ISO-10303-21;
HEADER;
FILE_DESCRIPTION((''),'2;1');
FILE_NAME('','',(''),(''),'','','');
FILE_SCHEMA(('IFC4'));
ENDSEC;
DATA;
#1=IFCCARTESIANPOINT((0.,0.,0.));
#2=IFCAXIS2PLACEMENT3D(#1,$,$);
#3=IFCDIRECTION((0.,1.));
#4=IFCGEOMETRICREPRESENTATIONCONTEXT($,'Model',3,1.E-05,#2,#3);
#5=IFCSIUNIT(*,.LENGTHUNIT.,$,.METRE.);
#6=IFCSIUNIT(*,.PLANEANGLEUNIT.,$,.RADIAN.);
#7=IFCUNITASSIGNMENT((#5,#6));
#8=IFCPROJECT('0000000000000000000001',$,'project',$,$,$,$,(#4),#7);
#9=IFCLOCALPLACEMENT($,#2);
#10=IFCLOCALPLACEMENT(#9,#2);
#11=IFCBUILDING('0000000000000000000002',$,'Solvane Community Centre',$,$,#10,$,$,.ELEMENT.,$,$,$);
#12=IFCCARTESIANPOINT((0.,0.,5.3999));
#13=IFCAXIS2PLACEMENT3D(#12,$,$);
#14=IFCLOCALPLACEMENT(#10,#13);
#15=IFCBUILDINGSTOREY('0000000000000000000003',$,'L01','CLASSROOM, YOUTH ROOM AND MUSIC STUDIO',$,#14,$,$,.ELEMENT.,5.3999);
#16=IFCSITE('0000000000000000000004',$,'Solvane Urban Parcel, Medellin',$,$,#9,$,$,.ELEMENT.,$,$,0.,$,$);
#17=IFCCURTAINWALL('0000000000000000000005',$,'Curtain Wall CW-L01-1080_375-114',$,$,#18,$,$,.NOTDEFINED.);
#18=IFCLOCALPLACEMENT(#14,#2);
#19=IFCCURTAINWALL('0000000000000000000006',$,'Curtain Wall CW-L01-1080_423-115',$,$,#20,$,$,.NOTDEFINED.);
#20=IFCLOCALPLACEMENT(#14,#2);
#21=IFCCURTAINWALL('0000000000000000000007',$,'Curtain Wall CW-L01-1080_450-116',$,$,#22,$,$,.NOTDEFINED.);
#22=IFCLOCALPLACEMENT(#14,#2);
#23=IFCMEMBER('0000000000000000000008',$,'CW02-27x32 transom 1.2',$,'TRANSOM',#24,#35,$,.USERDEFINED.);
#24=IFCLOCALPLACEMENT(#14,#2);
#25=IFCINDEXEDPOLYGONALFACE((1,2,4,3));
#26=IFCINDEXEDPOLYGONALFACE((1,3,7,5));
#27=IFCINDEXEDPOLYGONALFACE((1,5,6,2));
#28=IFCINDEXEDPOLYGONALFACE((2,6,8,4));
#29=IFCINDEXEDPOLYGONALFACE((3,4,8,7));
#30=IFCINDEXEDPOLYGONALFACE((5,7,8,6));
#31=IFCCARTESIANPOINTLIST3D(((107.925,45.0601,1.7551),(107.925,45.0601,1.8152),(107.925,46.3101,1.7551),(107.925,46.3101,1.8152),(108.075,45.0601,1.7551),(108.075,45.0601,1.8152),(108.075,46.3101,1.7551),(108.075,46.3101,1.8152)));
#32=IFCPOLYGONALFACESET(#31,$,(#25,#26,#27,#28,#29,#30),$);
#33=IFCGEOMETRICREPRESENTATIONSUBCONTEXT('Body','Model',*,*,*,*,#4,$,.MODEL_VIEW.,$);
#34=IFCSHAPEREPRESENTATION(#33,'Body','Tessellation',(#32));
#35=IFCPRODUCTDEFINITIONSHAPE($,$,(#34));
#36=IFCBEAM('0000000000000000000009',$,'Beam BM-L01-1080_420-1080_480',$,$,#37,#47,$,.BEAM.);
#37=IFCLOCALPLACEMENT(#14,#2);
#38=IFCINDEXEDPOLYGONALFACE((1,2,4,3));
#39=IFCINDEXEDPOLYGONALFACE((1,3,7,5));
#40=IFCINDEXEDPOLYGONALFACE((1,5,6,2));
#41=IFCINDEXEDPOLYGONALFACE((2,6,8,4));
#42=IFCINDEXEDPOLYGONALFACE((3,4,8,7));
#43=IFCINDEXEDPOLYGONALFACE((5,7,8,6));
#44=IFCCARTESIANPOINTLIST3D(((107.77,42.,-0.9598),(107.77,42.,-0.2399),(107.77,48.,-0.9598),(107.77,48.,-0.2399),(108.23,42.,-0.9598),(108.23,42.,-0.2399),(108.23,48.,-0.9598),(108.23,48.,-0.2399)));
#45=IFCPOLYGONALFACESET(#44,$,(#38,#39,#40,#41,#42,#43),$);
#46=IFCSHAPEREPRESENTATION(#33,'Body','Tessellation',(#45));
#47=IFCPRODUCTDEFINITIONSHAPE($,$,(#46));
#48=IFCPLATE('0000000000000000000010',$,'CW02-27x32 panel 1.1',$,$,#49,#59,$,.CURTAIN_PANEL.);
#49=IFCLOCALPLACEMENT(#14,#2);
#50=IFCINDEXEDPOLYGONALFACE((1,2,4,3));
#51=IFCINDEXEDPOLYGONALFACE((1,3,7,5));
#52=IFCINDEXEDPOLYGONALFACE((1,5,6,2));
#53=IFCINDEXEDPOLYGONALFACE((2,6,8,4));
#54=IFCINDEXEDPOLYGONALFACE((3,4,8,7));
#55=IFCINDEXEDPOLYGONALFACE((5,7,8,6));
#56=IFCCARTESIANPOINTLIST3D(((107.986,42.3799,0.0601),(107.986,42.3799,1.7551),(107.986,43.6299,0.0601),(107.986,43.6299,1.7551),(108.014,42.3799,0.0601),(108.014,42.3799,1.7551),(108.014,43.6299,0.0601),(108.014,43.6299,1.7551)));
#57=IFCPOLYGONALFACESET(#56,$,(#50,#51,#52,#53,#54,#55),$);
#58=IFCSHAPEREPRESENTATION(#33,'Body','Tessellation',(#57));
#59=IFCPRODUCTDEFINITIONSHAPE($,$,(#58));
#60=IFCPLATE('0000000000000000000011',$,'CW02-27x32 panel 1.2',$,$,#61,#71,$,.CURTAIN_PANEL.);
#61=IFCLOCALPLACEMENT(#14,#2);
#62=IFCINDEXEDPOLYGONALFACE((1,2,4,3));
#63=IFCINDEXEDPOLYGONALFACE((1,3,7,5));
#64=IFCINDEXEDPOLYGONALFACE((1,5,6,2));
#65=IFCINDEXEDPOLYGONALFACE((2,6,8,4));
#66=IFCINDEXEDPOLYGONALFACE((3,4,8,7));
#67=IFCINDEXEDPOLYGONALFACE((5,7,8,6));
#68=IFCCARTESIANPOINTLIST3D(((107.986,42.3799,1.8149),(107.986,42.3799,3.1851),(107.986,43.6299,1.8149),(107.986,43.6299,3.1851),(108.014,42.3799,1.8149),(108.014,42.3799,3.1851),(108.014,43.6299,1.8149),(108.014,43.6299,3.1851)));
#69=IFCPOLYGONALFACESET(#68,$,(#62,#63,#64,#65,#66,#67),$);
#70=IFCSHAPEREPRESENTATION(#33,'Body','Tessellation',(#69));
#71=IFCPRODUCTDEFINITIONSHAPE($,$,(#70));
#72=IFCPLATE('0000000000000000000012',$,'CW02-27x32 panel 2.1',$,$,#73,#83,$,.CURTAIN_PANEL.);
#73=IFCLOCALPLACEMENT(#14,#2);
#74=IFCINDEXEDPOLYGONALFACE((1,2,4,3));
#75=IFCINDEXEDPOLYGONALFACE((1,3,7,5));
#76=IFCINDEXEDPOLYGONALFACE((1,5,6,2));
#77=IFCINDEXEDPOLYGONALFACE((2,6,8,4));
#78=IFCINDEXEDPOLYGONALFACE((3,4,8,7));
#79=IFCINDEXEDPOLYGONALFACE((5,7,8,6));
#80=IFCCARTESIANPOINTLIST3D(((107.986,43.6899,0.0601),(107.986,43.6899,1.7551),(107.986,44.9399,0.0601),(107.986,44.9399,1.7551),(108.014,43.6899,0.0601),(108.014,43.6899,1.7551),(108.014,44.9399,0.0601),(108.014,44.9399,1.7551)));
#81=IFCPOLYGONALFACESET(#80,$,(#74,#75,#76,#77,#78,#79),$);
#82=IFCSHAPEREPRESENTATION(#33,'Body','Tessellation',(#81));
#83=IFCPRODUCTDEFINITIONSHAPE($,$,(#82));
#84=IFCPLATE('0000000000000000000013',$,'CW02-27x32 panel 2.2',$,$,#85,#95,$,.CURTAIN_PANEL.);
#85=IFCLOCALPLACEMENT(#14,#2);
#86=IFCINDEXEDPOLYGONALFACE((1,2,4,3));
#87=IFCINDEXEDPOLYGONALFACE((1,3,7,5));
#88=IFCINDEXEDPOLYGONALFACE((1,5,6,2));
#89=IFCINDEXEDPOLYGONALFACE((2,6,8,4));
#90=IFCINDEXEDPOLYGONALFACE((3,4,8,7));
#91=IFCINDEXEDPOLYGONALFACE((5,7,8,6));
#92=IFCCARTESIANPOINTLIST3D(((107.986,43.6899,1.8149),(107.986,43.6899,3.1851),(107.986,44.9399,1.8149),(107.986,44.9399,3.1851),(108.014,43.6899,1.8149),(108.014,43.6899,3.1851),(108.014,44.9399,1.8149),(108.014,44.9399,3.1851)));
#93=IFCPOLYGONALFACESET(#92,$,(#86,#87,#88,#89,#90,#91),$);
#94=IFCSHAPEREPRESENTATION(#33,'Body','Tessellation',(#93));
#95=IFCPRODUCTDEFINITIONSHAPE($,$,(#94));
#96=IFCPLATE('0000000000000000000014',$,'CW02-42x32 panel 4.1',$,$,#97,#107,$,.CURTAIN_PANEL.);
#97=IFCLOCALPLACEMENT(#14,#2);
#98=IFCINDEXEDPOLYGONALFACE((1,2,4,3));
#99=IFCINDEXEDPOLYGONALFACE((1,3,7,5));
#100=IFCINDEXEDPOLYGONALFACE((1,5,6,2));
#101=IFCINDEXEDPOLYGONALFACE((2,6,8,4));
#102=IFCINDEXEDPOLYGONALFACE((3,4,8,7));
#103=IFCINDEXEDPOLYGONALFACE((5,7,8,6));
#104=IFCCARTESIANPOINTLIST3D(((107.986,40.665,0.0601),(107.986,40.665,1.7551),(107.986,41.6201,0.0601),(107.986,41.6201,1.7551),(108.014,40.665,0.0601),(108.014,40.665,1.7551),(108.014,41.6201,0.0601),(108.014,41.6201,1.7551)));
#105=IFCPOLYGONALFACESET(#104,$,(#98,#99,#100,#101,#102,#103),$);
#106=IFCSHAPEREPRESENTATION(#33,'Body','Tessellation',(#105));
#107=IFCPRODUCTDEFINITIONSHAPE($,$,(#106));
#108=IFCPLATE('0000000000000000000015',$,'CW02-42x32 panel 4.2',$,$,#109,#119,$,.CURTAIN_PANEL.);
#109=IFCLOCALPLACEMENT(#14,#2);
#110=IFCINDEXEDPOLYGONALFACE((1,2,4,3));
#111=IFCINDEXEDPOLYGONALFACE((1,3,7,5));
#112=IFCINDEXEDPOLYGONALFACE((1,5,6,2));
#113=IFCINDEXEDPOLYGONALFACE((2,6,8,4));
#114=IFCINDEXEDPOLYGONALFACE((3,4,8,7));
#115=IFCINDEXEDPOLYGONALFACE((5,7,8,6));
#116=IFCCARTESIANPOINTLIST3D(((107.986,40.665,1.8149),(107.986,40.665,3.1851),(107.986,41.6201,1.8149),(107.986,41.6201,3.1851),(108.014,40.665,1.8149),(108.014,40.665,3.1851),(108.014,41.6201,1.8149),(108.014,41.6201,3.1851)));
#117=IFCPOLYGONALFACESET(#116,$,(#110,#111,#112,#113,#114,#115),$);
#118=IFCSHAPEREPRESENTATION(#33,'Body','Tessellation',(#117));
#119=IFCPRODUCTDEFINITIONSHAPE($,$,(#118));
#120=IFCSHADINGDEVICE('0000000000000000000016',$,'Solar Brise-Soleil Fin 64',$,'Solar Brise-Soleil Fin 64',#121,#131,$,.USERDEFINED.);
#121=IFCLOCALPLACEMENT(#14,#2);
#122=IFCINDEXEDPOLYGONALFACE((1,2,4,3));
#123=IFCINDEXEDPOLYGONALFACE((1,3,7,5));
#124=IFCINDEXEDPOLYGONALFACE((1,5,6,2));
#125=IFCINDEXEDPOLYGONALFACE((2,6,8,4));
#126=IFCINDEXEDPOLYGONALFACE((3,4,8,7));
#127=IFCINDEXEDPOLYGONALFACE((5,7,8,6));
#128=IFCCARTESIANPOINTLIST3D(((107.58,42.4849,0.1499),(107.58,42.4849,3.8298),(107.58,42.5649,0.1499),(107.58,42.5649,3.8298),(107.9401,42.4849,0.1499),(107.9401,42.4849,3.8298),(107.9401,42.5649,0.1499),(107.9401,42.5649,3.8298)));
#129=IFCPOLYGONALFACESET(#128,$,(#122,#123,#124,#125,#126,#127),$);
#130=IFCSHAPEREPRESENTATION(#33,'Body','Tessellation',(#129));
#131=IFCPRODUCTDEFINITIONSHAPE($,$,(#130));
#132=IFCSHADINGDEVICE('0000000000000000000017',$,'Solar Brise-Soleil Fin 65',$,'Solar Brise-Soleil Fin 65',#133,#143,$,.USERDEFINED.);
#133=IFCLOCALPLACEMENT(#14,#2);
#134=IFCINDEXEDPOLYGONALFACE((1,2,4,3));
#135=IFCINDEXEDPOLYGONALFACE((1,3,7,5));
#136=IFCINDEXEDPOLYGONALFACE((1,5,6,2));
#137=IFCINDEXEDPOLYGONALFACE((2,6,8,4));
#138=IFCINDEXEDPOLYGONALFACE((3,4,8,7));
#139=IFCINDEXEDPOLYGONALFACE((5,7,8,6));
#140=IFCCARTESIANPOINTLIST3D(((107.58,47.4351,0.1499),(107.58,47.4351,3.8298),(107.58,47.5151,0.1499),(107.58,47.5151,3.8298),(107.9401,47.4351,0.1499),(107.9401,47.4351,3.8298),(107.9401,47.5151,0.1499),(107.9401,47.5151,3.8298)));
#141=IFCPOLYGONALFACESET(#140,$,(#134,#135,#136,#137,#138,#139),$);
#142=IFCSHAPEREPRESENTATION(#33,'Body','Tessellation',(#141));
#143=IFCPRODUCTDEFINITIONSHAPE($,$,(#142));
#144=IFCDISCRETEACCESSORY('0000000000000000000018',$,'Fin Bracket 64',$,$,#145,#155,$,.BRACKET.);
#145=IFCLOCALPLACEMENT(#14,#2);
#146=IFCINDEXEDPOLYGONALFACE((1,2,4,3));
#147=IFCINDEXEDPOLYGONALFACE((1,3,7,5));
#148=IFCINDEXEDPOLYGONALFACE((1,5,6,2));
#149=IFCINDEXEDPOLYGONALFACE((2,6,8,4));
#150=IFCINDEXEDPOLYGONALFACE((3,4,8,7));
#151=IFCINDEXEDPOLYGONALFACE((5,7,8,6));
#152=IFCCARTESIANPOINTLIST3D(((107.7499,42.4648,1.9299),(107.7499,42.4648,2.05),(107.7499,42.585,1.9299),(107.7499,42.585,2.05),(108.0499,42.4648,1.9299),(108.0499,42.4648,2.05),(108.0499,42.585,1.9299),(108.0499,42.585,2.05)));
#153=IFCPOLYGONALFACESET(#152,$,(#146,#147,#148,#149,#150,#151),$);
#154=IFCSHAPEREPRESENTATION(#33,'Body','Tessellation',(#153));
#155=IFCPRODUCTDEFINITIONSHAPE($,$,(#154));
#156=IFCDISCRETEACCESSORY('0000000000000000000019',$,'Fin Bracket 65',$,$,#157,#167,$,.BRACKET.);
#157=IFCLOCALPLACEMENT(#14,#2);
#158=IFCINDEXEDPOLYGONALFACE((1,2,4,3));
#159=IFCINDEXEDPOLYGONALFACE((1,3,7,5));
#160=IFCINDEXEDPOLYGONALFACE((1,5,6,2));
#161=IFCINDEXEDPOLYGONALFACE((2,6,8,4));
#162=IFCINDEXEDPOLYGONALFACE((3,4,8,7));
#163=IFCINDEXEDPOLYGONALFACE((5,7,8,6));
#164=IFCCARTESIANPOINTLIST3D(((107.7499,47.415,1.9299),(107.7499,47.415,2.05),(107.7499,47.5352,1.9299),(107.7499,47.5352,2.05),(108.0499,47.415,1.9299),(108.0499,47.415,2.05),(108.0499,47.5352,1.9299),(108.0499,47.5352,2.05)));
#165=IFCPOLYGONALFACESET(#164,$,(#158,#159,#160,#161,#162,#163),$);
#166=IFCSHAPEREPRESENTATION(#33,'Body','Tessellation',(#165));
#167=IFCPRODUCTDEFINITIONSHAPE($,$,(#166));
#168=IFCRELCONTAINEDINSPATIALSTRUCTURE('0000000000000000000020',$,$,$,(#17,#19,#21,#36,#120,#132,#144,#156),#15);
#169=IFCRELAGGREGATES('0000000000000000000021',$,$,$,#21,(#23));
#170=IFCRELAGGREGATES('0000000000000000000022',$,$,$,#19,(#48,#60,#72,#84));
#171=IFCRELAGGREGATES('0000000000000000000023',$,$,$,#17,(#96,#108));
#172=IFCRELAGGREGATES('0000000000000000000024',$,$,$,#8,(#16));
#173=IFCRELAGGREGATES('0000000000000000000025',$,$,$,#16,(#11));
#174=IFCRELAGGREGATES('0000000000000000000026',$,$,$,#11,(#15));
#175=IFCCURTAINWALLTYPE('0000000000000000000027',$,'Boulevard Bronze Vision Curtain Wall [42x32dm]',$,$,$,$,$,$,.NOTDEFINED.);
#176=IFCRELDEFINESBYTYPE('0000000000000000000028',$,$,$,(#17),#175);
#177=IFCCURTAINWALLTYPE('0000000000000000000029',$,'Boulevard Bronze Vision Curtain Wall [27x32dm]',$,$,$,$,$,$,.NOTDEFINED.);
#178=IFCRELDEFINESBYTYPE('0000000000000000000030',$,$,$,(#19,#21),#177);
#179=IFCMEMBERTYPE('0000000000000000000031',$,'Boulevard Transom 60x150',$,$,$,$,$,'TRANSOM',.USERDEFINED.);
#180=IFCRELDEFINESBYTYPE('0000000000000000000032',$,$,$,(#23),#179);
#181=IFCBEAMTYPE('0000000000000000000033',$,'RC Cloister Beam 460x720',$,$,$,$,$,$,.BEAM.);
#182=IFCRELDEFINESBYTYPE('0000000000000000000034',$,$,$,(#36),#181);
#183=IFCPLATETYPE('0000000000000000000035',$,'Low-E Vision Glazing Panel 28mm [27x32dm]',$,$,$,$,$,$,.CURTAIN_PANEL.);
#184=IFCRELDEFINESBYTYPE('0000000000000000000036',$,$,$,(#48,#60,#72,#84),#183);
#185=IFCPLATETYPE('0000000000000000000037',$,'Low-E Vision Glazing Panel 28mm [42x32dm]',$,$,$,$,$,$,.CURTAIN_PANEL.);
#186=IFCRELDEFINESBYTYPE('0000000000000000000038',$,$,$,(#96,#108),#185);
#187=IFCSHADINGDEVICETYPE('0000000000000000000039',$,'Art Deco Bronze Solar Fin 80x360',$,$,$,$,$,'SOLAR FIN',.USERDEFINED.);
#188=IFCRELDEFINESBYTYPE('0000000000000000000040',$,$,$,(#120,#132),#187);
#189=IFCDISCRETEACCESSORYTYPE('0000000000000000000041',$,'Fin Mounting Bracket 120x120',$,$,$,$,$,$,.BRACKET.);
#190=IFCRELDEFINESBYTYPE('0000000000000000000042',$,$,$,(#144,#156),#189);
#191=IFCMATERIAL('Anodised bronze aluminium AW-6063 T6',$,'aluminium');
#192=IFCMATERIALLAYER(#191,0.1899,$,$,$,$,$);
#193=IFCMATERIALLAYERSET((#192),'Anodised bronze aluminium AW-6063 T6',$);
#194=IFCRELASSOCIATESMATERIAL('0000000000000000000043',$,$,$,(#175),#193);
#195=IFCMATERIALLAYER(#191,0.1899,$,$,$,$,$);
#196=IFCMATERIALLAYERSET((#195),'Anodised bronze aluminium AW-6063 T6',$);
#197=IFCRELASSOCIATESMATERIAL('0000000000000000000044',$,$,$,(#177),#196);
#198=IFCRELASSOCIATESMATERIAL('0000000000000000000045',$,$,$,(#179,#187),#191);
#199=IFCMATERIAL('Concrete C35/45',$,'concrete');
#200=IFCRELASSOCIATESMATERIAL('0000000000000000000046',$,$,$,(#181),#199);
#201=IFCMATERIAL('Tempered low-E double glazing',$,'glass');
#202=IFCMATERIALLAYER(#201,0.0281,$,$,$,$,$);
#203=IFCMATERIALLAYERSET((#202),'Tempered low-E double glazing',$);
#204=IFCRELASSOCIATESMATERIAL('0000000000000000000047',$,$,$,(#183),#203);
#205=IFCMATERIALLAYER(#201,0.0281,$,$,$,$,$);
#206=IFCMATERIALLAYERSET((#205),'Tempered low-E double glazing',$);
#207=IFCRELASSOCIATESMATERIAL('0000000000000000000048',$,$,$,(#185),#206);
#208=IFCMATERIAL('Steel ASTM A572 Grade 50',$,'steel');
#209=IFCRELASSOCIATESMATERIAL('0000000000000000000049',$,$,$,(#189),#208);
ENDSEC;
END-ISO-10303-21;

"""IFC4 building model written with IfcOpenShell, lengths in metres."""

from ifc_helpers import new_model, si_unit, direction, frame, origin, origin_2d, place, context, subcontext, project, spatial, rectangle, extrude, material, layer, layer_set, material_profile, profile_set, type_object, element, aggregate, save


model = new_model("IFC4")

# Units and contexts
model_context = context("Model", 3, precision=1e-05, world=origin(), true_north=direction((0.0, 1.0)))
body_context = subcontext(model_context, "Body", "Model", "MODEL_VIEW")
ifc_project = project(units=[si_unit("LENGTHUNIT", "METRE"), si_unit("PLANEANGLEUNIT", "RADIAN")], contexts=[model_context])

# Site, building, storey
site_placement = place(None, origin())
site = spatial("IfcSite", under=ifc_project, at=site_placement, Name="Solvane Urban Parcel, Medellin", CompositionType="ELEMENT", RefElevation=0.0)
building_placement = place(site_placement, origin())
building = spatial("IfcBuilding", under=site, at=building_placement, Name="Solvane Community Centre", CompositionType="ELEMENT")
storey_placement = place(building_placement, frame((0.0, 0.0, 5.3999)))
storey = spatial("IfcBuildingStorey", under=building, at=storey_placement, Name="L01", Description="CLASSROOM, YOUTH ROOM AND MUSIC STUDIO", CompositionType="ELEMENT", Elevation=5.3999)

# Shared definitions
ifc_material_1 = material(Name="Concrete C35/45", Category="concrete")

# Curtain wall
ifc_material_2 = material(Name="Anodised bronze aluminium AW-6063 T6", Category="aluminium")
ifc_layer_1 = layer(ifc_material_2, 0.1899)
ifc_layer_set_1 = layer_set([ifc_layer_1], Name="Anodised bronze aluminium AW-6063 T6")
curtain_wall_type_1 = type_object("IfcCurtainWallType", Name="Boulevard Bronze Vision Curtain Wall [42x32dm]", PredefinedType="NOTDEFINED", material=ifc_layer_set_1)
curtain_wall_1_placement = place(storey_placement, origin())
curtain_wall_1 = element("IfcCurtainWall", 1, at=curtain_wall_1_placement, inside=storey, type_object=curtain_wall_type_1, Name="Curtain Wall CW-L01-1080_375-114", PredefinedType="NOTDEFINED")

# Curtain wall
ifc_layer_2 = layer(ifc_material_2, 0.1899)
ifc_layer_set_2 = layer_set([ifc_layer_2], Name="Anodised bronze aluminium AW-6063 T6")
curtain_wall_type_2 = type_object("IfcCurtainWallType", Name="Boulevard Bronze Vision Curtain Wall [27x32dm]", PredefinedType="NOTDEFINED", material=ifc_layer_set_2)
curtain_wall_2_placement = place(storey_placement, origin())
curtain_wall_2 = element("IfcCurtainWall", 2, at=curtain_wall_2_placement, inside=storey, type_object=curtain_wall_type_2, Name="Curtain Wall CW-L01-1080_423-115", PredefinedType="NOTDEFINED")

# Curtain wall
curtain_wall_3_placement = place(storey_placement, origin())
curtain_wall_3 = element("IfcCurtainWall", 3, at=curtain_wall_3_placement, inside=storey, type_object=curtain_wall_type_2, Name="Curtain Wall CW-L01-1080_450-116", PredefinedType="NOTDEFINED")

# Member
ifc_material_profile_1 = material_profile(ifc_material_2, rectangle(XDim=0.1499, YDim=0.0601, at=origin_2d()), Name="CW-T 60x150")
ifc_profile_set_1 = profile_set([ifc_material_profile_1], Name="Anodised bronze aluminium AW-6063 T6")
member_type_1 = type_object("IfcMemberType", Name="Boulevard Transom 60x150", ElementType="TRANSOM", PredefinedType="USERDEFINED", material=ifc_profile_set_1)
member_1_placement = place(storey_placement, frame((108.0, 45.0601, 1.7852), z_axis=(0.0, 1.0, 0.0), x_axis=(-1.0, 0.0, 0.0)))
member_1 = element("IfcMember", 4, at=member_1_placement, type_object=member_type_1, Name="CW02-27x32 transom 1.2", ObjectType="TRANSOM", PredefinedType="USERDEFINED", context=body_context, shape_type="SweptSolid", body=[
    extrude(rectangle(XDim=0.1499, YDim=0.0601, at=origin_2d()), origin(), (0.0, 0.0, 1.0), 1.25),
])
aggregate(curtain_wall_3, [member_1])

# Beam
ifc_material_profile_2 = material_profile(ifc_material_1, rectangle(XDim=0.46, YDim=0.72, at=origin_2d()), Name="RC 460x720")
ifc_profile_set_2 = profile_set([ifc_material_profile_2], Name="Concrete C35/45")
beam_type = type_object("IfcBeamType", Name="RC Cloister Beam 460x720", PredefinedType="BEAM", material=ifc_profile_set_2)
beam_placement = place(storey_placement, frame((108.0, 42.0, -0.5999), z_axis=(0.0, 1.0, 0.0), x_axis=(-1.0, 0.0, 0.0)))
element("IfcBeam", 5, at=beam_placement, inside=storey, type_object=beam_type, Name="Beam BM-L01-1080_420-1080_480", PredefinedType="BEAM", context=body_context, shape_type="SweptSolid", body=[
    extrude(rectangle(XDim=0.46, YDim=0.72, at=origin_2d()), origin(), (0.0, 0.0, 1.0), 6.0),
])

# Plates
ifc_material_3 = material(Name="Tempered low-E double glazing", Category="glass")
ifc_layer_3 = layer(ifc_material_3, 0.0281)
ifc_layer_set_3 = layer_set([ifc_layer_3], Name="Tempered low-E double glazing")
plate_type_1 = type_object("IfcPlateType", Name="Low-E Vision Glazing Panel 28mm [27x32dm]", PredefinedType="CURTAIN_PANEL", material=ifc_layer_set_3)
plate_1_placement = place(storey_placement, frame((108.0, 43.0049, 0.0601), z_axis=(0.0, 0.0, 1.0), x_axis=(0.0, 1.0, 0.0)))
plate_1 = element("IfcPlate", 6, at=plate_1_placement, type_object=plate_type_1, Name="CW02-27x32 panel 1.1", PredefinedType="CURTAIN_PANEL", context=body_context, shape_type="SweptSolid", body=[
    extrude(rectangle(XDim=1.25, YDim=0.0281, at=origin_2d()), origin(), (0.0, 0.0, 1.0), 1.6951),
])
plate_2_placement = place(storey_placement, frame((108.0, 43.0049, 1.8149), z_axis=(0.0, 0.0, 1.0), x_axis=(0.0, 1.0, 0.0)))
plate_2 = element("IfcPlate", 7, at=plate_2_placement, type_object=plate_type_1, Name="CW02-27x32 panel 1.2", PredefinedType="CURTAIN_PANEL", context=body_context, shape_type="SweptSolid", body=[
    extrude(rectangle(XDim=1.25, YDim=0.0281, at=origin_2d()), origin(), (0.0, 0.0, 1.0), 1.3701),
])
plate_3_placement = place(storey_placement, frame((108.0, 44.3149, 0.0601), z_axis=(0.0, 0.0, 1.0), x_axis=(0.0, 1.0, 0.0)))
plate_3 = element("IfcPlate", 8, at=plate_3_placement, type_object=plate_type_1, Name="CW02-27x32 panel 2.1", PredefinedType="CURTAIN_PANEL", context=body_context, shape_type="SweptSolid", body=[
    extrude(rectangle(XDim=1.25, YDim=0.0281, at=origin_2d()), origin(), (0.0, 0.0, 1.0), 1.6951),
])
plate_4_placement = place(storey_placement, frame((108.0, 44.3149, 1.8149), z_axis=(0.0, 0.0, 1.0), x_axis=(0.0, 1.0, 0.0)))
plate_4 = element("IfcPlate", 9, at=plate_4_placement, type_object=plate_type_1, Name="CW02-27x32 panel 2.2", PredefinedType="CURTAIN_PANEL", context=body_context, shape_type="SweptSolid", body=[
    extrude(rectangle(XDim=1.25, YDim=0.0281, at=origin_2d()), origin(), (0.0, 0.0, 1.0), 1.3701),
])
aggregate(curtain_wall_2, [plate_1, plate_2, plate_3, plate_4])
ifc_layer_4 = layer(ifc_material_3, 0.0281)
ifc_layer_set_4 = layer_set([ifc_layer_4], Name="Tempered low-E double glazing")
plate_type_2 = type_object("IfcPlateType", Name="Low-E Vision Glazing Panel 28mm [42x32dm]", PredefinedType="CURTAIN_PANEL", material=ifc_layer_set_4)
plate_5_placement = place(storey_placement, frame((108.0, 41.1426, 0.0601), z_axis=(0.0, 0.0, 1.0), x_axis=(0.0, 1.0, 0.0)))
plate_5 = element("IfcPlate", 10, at=plate_5_placement, type_object=plate_type_2, Name="CW02-42x32 panel 4.1", PredefinedType="CURTAIN_PANEL", context=body_context, shape_type="SweptSolid", body=[
    extrude(rectangle(XDim=0.9551, YDim=0.0281, at=origin_2d()), origin(), (0.0, 0.0, 1.0), 1.6951),
])
plate_6_placement = place(storey_placement, frame((108.0, 41.1426, 1.8149), z_axis=(0.0, 0.0, 1.0), x_axis=(0.0, 1.0, 0.0)))
plate_6 = element("IfcPlate", 11, at=plate_6_placement, type_object=plate_type_2, Name="CW02-42x32 panel 4.2", PredefinedType="CURTAIN_PANEL", context=body_context, shape_type="SweptSolid", body=[
    extrude(rectangle(XDim=0.9551, YDim=0.0281, at=origin_2d()), origin(), (0.0, 0.0, 1.0), 1.3701),
])
aggregate(curtain_wall_1, [plate_5, plate_6])

# Shading devices
shading_device_type = type_object("IfcShadingDeviceType", Name="Art Deco Bronze Solar Fin 80x360", ElementType="SOLAR FIN", PredefinedType="USERDEFINED", material=ifc_material_2)
shading_device_1_placement = place(storey_placement, frame((107.76, 42.5249, 0.1499), z_axis=(0.0, 0.0, 1.0), x_axis=(0.0, 1.0, 0.0)))
element("IfcShadingDevice", 12, at=shading_device_1_placement, inside=storey, type_object=shading_device_type, Name="Solar Brise-Soleil Fin 64", ObjectType="Solar Brise-Soleil Fin 64", PredefinedType="USERDEFINED", context=body_context, shape_type="SweptSolid", body=[
    extrude(rectangle(XDim=0.0801, YDim=0.3601, at=origin_2d()), origin(), (0.0, 0.0, 1.0), 3.6799),
])
shading_device_2_placement = place(storey_placement, frame((107.76, 47.4751, 0.1499), z_axis=(0.0, 0.0, 1.0), x_axis=(0.0, 1.0, 0.0)))
element("IfcShadingDevice", 13, at=shading_device_2_placement, inside=storey, type_object=shading_device_type, Name="Solar Brise-Soleil Fin 65", ObjectType="Solar Brise-Soleil Fin 65", PredefinedType="USERDEFINED", context=body_context, shape_type="SweptSolid", body=[
    extrude(rectangle(XDim=0.0801, YDim=0.3601, at=origin_2d()), origin(), (0.0, 0.0, 1.0), 3.6799),
])

# Discrete accessories
ifc_material_4 = material(Name="Steel ASTM A572 Grade 50", Category="steel")
discrete_accessory_type = type_object("IfcDiscreteAccessoryType", Name="Fin Mounting Bracket 120x120", PredefinedType="BRACKET", material=ifc_material_4)
for number, where, z_axis, x_axis, name in (
    (14, (107.8999, 42.5249, 1.9299), (0.0, 0.0, 1.0), (0.0, 1.0, 0.0), "Fin Bracket 64"),
    (15, (107.8999, 47.4751, 1.9299), (0.0, 0.0, 1.0), (0.0, 1.0, 0.0), "Fin Bracket 65"),
):
    element("IfcDiscreteAccessory", number, at=place(storey_placement, frame(where, z_axis=z_axis, x_axis=x_axis)), inside=storey, type_object=discrete_accessory_type, Name=name, PredefinedType="BRACKET", context=body_context, shape_type="SweptSolid", body=[
        extrude(rectangle(XDim=0.1201, YDim=0.3, at=origin_2d()), origin(), (0.0, 0.0, 1.0), 0.1201),
    ])

save(model, "model.ifc")
